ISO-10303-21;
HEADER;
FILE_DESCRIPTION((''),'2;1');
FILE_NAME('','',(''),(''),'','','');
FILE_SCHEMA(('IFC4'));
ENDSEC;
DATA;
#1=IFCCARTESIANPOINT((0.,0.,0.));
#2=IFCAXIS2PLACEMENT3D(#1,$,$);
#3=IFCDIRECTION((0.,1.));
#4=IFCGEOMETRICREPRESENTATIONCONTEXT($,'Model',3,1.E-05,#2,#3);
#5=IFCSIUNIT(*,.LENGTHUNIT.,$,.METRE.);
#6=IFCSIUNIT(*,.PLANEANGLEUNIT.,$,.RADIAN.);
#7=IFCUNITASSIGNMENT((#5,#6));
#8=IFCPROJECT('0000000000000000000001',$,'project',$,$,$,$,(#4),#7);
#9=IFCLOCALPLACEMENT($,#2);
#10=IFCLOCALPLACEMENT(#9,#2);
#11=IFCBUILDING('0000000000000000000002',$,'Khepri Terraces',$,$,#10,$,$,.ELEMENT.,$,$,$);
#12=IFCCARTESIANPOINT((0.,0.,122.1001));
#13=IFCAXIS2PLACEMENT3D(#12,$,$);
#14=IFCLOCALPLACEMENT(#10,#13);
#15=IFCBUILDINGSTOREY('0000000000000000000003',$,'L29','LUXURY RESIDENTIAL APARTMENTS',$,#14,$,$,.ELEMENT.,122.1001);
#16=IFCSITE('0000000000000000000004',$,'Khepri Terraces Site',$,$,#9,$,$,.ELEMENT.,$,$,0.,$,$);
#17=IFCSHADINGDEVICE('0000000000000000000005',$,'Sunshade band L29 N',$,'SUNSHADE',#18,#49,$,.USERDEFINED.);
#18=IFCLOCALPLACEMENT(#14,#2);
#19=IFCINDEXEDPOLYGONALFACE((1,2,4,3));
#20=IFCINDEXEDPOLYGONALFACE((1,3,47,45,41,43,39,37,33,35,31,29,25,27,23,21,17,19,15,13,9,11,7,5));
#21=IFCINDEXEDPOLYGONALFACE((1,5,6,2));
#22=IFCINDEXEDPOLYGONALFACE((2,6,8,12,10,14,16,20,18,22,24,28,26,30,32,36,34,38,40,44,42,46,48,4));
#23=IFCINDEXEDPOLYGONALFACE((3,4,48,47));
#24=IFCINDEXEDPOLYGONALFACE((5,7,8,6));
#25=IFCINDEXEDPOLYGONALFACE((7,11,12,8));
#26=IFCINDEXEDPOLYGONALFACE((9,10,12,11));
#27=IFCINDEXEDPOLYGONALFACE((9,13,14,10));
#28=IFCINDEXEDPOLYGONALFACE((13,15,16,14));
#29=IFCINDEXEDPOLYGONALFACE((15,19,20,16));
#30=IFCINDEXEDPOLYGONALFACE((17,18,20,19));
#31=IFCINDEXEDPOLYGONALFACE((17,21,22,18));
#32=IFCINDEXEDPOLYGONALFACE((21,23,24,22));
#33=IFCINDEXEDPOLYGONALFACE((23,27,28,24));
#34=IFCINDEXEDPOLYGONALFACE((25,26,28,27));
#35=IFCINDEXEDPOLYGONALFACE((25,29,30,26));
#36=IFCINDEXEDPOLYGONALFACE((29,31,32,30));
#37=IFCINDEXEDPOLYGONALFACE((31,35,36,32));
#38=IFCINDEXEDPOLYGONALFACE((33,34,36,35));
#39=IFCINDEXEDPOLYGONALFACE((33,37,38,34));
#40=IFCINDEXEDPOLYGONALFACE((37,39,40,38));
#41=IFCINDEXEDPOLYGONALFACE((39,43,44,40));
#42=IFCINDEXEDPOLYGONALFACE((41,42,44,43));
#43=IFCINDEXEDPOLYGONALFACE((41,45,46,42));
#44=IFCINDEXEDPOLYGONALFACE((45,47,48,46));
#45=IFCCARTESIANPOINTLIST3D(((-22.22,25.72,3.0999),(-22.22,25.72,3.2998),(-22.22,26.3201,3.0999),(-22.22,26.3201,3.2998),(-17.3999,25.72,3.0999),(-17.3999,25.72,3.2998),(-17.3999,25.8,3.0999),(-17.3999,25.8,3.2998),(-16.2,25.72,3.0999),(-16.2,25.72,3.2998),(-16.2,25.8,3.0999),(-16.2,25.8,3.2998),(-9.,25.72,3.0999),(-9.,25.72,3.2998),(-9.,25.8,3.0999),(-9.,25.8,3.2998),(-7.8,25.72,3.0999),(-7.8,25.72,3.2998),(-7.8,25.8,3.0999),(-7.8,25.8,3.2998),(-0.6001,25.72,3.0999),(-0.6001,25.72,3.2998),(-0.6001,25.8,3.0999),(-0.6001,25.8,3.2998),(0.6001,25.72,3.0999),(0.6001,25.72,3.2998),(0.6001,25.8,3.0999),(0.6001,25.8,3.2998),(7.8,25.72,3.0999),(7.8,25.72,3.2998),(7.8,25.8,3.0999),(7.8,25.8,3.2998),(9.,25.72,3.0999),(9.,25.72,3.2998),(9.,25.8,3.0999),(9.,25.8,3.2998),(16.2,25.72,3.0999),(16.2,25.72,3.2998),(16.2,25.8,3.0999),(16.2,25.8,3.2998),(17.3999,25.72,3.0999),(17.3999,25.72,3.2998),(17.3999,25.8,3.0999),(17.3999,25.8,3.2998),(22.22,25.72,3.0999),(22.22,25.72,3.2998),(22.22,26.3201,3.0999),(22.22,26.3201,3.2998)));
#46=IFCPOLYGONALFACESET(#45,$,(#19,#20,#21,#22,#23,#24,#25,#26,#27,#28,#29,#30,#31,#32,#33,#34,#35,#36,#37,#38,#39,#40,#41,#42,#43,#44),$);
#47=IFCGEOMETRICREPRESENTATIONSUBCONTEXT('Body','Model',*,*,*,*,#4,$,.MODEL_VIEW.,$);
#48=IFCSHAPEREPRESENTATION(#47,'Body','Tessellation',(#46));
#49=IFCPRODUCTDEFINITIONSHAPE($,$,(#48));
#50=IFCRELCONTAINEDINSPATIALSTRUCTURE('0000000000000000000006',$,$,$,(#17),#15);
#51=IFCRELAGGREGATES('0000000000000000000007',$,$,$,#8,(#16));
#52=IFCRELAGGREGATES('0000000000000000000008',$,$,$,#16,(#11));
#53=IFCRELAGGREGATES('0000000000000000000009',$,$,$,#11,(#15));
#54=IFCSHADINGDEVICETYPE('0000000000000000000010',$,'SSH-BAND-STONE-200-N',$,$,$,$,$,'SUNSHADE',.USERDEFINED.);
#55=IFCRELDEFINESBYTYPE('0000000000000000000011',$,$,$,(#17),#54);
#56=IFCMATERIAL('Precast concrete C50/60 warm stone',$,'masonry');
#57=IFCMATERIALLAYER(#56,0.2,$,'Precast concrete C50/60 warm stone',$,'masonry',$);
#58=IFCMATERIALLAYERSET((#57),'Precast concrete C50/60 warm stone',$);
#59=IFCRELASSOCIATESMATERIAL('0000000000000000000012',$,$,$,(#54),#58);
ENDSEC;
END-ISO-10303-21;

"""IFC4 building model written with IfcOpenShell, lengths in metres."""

from ifc_helpers import new_model, si_unit, direction, frame, origin, place, context, subcontext, project, spatial, polyline, outline, extrude, material, layer, layer_set, type_object, element, save


model = new_model("IFC4")

# Units and contexts
model_context = context("Model", 3, precision=1e-05, world=origin(), true_north=direction((0.0, 1.0)))
body_context = subcontext(model_context, "Body", "Model", "MODEL_VIEW")
ifc_project = project(units=[si_unit("LENGTHUNIT", "METRE"), si_unit("PLANEANGLEUNIT", "RADIAN")], contexts=[model_context])

# Site, building, storey
site_placement = place(None, origin())
site = spatial("IfcSite", under=ifc_project, at=site_placement, Name="Khepri Terraces Site", CompositionType="ELEMENT", RefElevation=0.0)
building_placement = place(site_placement, origin())
building = spatial("IfcBuilding", under=site, at=building_placement, Name="Khepri Terraces", CompositionType="ELEMENT")
storey_placement = place(building_placement, frame((0.0, 0.0, 122.1001)))
storey = spatial("IfcBuildingStorey", under=building, at=storey_placement, Name="L29", Description="LUXURY RESIDENTIAL APARTMENTS", CompositionType="ELEMENT", Elevation=122.1001)

# Shading device
ifc_material_1 = material(Name="Precast concrete C50/60 warm stone", Category="masonry")
ifc_layer_1 = layer(ifc_material_1, 0.2, Name="Precast concrete C50/60 warm stone", Category="masonry")
ifc_layer_set_1 = layer_set([ifc_layer_1], Name="Precast concrete C50/60 warm stone")
shading_device_type_1 = type_object("IfcShadingDeviceType", Name="SSH-BAND-STONE-200-N", ElementType="SUNSHADE", PredefinedType="USERDEFINED", material=ifc_layer_set_1)
shading_device_1_placement = place(storey_placement, frame((0.0, 0.0, 3.0999)))
element("IfcShadingDevice", 1, at=shading_device_1_placement, inside=storey, type_object=shading_device_type_1, Name="Sunshade band L29 N", ObjectType="SUNSHADE", PredefinedType="USERDEFINED", context=body_context, shape_type="SweptSolid", body=[
    extrude(outline(polyline([(17.3999, 25.72), (22.22, 25.72), (22.22, 26.3201), (-22.22, 26.3201), (-22.22, 25.72), (-17.3999, 25.72), (-17.3999, 25.8), (-16.2, 25.8), (-16.2, 25.72), (-9.0, 25.72), (-9.0, 25.8), (-7.8, 25.8), (-7.8, 25.72), (-0.6001, 25.72), (-0.6001, 25.8), (0.6001, 25.8), (0.6001, 25.72), (7.8, 25.72), (7.8, 25.8), (9.0, 25.8), (9.0, 25.72), (16.2, 25.72), (16.2, 25.8), (17.3999, 25.8), (17.3999, 25.72)])), origin(), (0.0, 0.0, 1.0), 0.2),
])

save(model, "model.ifc")
